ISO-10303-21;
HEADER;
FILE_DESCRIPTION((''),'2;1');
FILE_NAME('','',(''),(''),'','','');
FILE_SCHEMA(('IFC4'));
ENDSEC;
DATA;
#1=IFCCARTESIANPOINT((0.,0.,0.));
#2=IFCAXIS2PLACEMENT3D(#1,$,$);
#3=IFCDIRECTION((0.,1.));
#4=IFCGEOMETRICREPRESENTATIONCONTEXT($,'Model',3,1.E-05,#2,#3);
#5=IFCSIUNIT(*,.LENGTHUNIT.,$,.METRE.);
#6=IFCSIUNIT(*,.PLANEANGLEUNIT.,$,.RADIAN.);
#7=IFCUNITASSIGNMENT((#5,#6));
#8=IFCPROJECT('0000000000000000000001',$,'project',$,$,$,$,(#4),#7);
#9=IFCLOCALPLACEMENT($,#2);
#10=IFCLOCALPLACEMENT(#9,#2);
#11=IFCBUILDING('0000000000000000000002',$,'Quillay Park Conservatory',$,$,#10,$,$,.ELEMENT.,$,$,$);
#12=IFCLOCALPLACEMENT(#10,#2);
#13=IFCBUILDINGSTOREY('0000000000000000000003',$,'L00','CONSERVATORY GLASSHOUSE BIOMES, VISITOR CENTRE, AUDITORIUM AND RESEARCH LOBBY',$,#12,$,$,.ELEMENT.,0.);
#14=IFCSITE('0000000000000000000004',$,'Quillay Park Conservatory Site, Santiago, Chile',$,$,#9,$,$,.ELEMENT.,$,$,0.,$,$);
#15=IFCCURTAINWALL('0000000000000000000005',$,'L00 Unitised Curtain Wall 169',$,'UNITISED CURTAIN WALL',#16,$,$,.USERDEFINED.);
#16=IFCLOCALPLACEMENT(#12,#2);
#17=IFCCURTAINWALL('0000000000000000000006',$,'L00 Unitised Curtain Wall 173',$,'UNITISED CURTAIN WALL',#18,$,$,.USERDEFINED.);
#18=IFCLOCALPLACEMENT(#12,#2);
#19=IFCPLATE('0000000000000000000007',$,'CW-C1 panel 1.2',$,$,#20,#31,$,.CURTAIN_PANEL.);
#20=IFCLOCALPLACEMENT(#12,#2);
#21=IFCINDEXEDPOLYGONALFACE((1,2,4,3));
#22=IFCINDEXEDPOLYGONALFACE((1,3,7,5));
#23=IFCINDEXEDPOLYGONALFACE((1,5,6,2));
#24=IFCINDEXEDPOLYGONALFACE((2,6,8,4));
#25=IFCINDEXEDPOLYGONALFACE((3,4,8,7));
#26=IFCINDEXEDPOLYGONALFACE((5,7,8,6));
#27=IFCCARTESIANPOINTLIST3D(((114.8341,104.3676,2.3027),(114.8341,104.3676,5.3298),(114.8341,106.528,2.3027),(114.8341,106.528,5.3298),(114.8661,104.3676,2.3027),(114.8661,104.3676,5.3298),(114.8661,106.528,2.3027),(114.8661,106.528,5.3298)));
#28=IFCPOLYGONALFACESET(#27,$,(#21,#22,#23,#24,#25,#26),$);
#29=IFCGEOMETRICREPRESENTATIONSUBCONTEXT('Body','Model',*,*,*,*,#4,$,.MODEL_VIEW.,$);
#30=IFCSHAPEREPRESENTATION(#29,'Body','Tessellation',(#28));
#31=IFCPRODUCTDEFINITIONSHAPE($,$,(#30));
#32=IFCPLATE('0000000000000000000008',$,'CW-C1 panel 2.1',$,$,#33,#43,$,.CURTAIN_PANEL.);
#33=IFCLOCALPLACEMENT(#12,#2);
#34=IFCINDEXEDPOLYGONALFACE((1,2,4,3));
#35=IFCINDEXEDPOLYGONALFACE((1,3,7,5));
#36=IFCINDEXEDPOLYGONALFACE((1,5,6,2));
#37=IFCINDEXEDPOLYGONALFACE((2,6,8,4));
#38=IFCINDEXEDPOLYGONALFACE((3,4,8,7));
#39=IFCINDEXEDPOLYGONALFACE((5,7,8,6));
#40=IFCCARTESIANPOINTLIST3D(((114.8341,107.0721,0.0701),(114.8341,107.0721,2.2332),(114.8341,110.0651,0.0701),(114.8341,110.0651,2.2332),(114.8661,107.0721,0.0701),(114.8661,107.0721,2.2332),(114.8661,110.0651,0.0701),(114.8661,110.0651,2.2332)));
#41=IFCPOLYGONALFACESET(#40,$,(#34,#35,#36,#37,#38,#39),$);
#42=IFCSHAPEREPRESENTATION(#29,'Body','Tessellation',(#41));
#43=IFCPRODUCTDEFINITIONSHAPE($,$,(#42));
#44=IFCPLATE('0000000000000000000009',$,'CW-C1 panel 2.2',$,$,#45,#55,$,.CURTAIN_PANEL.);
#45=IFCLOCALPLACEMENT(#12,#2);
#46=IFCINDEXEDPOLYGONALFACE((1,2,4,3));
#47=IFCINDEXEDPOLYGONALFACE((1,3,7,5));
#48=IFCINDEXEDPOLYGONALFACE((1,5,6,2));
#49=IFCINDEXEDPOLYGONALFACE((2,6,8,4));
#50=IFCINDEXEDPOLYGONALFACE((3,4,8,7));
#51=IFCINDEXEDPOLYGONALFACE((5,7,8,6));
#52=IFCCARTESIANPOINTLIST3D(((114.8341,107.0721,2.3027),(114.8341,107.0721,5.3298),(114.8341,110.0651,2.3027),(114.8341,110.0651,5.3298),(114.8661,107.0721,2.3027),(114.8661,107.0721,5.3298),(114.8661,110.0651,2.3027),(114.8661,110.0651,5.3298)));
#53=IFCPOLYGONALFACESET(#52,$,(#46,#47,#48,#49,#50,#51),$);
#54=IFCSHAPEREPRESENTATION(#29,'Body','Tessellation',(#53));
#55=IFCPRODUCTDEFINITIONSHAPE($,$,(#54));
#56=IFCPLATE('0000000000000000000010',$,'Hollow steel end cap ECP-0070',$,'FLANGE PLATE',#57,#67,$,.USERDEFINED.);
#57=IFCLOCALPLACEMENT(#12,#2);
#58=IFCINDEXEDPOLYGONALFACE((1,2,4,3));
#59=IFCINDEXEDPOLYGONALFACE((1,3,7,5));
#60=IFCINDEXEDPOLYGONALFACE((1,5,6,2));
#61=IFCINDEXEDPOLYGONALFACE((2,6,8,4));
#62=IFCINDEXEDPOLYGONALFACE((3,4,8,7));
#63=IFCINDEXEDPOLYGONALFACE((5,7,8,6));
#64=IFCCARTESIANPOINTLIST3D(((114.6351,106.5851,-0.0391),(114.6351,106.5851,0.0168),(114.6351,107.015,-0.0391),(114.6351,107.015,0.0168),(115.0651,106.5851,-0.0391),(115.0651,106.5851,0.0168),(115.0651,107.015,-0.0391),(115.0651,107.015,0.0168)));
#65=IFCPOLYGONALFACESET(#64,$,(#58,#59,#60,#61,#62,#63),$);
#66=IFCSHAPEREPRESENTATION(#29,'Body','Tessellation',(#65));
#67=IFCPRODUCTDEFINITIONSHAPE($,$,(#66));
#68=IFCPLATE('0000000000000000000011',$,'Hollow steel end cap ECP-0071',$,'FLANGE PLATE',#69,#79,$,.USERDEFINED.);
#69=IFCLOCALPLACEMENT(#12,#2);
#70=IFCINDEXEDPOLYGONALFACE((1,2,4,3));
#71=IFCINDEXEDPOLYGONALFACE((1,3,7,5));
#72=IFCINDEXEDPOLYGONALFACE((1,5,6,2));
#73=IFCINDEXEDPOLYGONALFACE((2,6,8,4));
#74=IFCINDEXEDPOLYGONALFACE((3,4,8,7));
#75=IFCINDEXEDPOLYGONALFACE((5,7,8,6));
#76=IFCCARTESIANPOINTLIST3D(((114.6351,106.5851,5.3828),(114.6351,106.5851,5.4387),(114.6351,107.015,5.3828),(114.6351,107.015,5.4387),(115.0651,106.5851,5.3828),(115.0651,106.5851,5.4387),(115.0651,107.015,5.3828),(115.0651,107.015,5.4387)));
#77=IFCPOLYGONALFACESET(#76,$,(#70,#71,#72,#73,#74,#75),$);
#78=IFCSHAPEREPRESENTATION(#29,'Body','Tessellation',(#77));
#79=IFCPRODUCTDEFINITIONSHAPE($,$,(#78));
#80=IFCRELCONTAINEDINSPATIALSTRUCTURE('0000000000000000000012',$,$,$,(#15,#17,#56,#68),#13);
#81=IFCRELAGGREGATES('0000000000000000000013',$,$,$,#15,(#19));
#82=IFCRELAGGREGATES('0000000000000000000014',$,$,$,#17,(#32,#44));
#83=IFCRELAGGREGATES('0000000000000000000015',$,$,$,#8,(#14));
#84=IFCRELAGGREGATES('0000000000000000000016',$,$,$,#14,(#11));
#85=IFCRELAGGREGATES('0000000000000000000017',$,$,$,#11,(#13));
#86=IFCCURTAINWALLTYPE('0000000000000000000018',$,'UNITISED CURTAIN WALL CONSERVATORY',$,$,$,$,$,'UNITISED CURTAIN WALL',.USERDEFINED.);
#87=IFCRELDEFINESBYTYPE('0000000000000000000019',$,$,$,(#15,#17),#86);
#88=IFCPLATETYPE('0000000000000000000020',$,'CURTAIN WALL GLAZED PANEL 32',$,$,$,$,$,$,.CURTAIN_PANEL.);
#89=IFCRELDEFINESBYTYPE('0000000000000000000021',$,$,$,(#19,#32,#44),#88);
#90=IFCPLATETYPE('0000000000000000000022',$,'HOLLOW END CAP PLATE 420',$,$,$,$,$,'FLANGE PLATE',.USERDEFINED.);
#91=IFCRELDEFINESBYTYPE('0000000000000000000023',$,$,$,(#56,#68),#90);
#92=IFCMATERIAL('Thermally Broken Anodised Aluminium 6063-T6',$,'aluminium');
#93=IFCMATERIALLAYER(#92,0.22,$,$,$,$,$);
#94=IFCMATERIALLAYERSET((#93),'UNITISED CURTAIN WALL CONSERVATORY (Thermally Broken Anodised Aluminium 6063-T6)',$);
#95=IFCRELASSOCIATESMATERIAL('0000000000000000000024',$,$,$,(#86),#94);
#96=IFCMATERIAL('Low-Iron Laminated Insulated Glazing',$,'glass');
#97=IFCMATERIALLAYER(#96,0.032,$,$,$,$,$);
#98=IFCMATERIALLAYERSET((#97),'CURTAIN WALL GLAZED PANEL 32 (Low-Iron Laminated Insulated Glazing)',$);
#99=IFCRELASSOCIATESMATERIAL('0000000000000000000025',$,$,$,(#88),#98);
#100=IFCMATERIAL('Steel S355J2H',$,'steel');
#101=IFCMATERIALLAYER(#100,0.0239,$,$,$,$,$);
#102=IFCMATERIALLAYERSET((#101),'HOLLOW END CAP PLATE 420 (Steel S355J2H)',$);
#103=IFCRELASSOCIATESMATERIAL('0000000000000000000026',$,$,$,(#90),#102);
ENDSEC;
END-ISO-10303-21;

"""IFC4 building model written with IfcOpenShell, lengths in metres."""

from ifc_helpers import new_model, si_unit, direction, frame, origin, origin_2d, place, context, subcontext, project, spatial, rectangle, extrude, material, layer, layer_set, type_object, element, aggregate, save


model = new_model("IFC4")

# Units and contexts
model_context = context("Model", 3, precision=1e-05, world=origin(), true_north=direction((0.0, 1.0)))
body_context = subcontext(model_context, "Body", "Model", "MODEL_VIEW")
ifc_project = project(units=[si_unit("LENGTHUNIT", "METRE"), si_unit("PLANEANGLEUNIT", "RADIAN")], contexts=[model_context])

# Site, building, storey
site_placement = place(None, origin())
site = spatial("IfcSite", under=ifc_project, at=site_placement, Name="Quillay Park Conservatory Site, Santiago, Chile", CompositionType="ELEMENT", RefElevation=0.0)
building_placement = place(site_placement, origin())
building = spatial("IfcBuilding", under=site, at=building_placement, Name="Quillay Park Conservatory", CompositionType="ELEMENT")
storey_placement = place(building_placement, origin())
storey = spatial("IfcBuildingStorey", under=building, at=storey_placement, Name="L00", Description="CONSERVATORY GLASSHOUSE BIOMES, VISITOR CENTRE, AUDITORIUM AND RESEARCH LOBBY", CompositionType="ELEMENT", Elevation=0.0)

# Curtain wall
ifc_material_1 = material(Name="Thermally Broken Anodised Aluminium 6063-T6", Category="aluminium")
ifc_layer_1 = layer(ifc_material_1, 0.22)
ifc_layer_set_1 = layer_set([ifc_layer_1], Name="UNITISED CURTAIN WALL CONSERVATORY (Thermally Broken Anodised Aluminium 6063-T6)")
curtain_wall_type_1 = type_object("IfcCurtainWallType", Name="UNITISED CURTAIN WALL CONSERVATORY", ElementType="UNITISED CURTAIN WALL", PredefinedType="USERDEFINED", material=ifc_layer_set_1)
curtain_wall_1_placement = place(storey_placement, origin())
curtain_wall_1 = element("IfcCurtainWall", 1, at=curtain_wall_1_placement, inside=storey, type_object=curtain_wall_type_1, Name="L00 Unitised Curtain Wall 169", ObjectType="UNITISED CURTAIN WALL", PredefinedType="USERDEFINED")

# Curtain wall
curtain_wall_2_placement = place(storey_placement, origin())
curtain_wall_2 = element("IfcCurtainWall", 2, at=curtain_wall_2_placement, inside=storey, type_object=curtain_wall_type_1, Name="L00 Unitised Curtain Wall 173", ObjectType="UNITISED CURTAIN WALL", PredefinedType="USERDEFINED")

# Plates
ifc_material_2 = material(Name="Low-Iron Laminated Insulated Glazing", Category="glass")
ifc_layer_2 = layer(ifc_material_2, 0.032)
ifc_layer_set_2 = layer_set([ifc_layer_2], Name="CURTAIN WALL GLAZED PANEL 32 (Low-Iron Laminated Insulated Glazing)")
plate_type_1 = type_object("IfcPlateType", Name="CURTAIN WALL GLAZED PANEL 32", PredefinedType="CURTAIN_PANEL", material=ifc_layer_set_2)
plate_1_placement = place(storey_placement, frame((114.8501, 105.4478, 2.3027), z_axis=(0.0, 0.0, 1.0), x_axis=(0.0, -1.0, 0.0)))
plate_1 = element("IfcPlate", 3, at=plate_1_placement, type_object=plate_type_1, Name="CW-C1 panel 1.2", PredefinedType="CURTAIN_PANEL", context=body_context, shape_type="SweptSolid", body=[
    extrude(rectangle(XDim=2.1604, YDim=0.032, at=origin_2d()), origin(), (0.0, 0.0, 1.0), 3.0271),
])
aggregate(curtain_wall_1, [plate_1])
plate_2_placement = place(storey_placement, frame((114.8501, 108.5686, 0.0701), z_axis=(0.0, 0.0, 1.0), x_axis=(0.0, -1.0, 0.0)))
plate_2 = element("IfcPlate", 4, at=plate_2_placement, type_object=plate_type_1, Name="CW-C1 panel 2.1", PredefinedType="CURTAIN_PANEL", context=body_context, shape_type="SweptSolid", body=[
    extrude(rectangle(XDim=2.9929, YDim=0.032, at=origin_2d()), origin(), (0.0, 0.0, 1.0), 2.1631),
])
plate_3_placement = place(storey_placement, frame((114.8501, 108.5686, 2.3027), z_axis=(0.0, 0.0, 1.0), x_axis=(0.0, -1.0, 0.0)))
plate_3 = element("IfcPlate", 5, at=plate_3_placement, type_object=plate_type_1, Name="CW-C1 panel 2.2", PredefinedType="CURTAIN_PANEL", context=body_context, shape_type="SweptSolid", body=[
    extrude(rectangle(XDim=2.9929, YDim=0.032, at=origin_2d()), origin(), (0.0, 0.0, 1.0), 3.0271),
])
aggregate(curtain_wall_2, [plate_2, plate_3])

# Plates
ifc_material_3 = material(Name="Steel S355J2H", Category="steel")
ifc_layer_3 = layer(ifc_material_3, 0.0239)
ifc_layer_set_3 = layer_set([ifc_layer_3], Name="HOLLOW END CAP PLATE 420 (Steel S355J2H)")
plate_type_2 = type_object("IfcPlateType", Name="HOLLOW END CAP PLATE 420", ElementType="FLANGE PLATE", PredefinedType="USERDEFINED", material=ifc_layer_set_3)
for number, where, z_axis, x_axis, name in (
    (6, (114.8501, 106.8, -0.0391), (0.0, 0.0, 1.0), (1.0, 0.0, 0.0), "Hollow steel end cap ECP-0070"),
    (7, (114.8501, 106.8, 5.3828), (0.0, 0.0, 1.0), (1.0, 0.0, 0.0), "Hollow steel end cap ECP-0071"),
):
    element("IfcPlate", number, at=place(storey_placement, frame(where, z_axis=z_axis, x_axis=x_axis)), inside=storey, type_object=plate_type_2, Name=name, ObjectType="FLANGE PLATE", PredefinedType="USERDEFINED", context=body_context, shape_type="SweptSolid", body=[
        extrude(rectangle(XDim=0.4299, YDim=0.4299, at=origin_2d()), origin(), (0.0, 0.0, 1.0), 0.0559),
    ])

save(model, "model.ifc")
